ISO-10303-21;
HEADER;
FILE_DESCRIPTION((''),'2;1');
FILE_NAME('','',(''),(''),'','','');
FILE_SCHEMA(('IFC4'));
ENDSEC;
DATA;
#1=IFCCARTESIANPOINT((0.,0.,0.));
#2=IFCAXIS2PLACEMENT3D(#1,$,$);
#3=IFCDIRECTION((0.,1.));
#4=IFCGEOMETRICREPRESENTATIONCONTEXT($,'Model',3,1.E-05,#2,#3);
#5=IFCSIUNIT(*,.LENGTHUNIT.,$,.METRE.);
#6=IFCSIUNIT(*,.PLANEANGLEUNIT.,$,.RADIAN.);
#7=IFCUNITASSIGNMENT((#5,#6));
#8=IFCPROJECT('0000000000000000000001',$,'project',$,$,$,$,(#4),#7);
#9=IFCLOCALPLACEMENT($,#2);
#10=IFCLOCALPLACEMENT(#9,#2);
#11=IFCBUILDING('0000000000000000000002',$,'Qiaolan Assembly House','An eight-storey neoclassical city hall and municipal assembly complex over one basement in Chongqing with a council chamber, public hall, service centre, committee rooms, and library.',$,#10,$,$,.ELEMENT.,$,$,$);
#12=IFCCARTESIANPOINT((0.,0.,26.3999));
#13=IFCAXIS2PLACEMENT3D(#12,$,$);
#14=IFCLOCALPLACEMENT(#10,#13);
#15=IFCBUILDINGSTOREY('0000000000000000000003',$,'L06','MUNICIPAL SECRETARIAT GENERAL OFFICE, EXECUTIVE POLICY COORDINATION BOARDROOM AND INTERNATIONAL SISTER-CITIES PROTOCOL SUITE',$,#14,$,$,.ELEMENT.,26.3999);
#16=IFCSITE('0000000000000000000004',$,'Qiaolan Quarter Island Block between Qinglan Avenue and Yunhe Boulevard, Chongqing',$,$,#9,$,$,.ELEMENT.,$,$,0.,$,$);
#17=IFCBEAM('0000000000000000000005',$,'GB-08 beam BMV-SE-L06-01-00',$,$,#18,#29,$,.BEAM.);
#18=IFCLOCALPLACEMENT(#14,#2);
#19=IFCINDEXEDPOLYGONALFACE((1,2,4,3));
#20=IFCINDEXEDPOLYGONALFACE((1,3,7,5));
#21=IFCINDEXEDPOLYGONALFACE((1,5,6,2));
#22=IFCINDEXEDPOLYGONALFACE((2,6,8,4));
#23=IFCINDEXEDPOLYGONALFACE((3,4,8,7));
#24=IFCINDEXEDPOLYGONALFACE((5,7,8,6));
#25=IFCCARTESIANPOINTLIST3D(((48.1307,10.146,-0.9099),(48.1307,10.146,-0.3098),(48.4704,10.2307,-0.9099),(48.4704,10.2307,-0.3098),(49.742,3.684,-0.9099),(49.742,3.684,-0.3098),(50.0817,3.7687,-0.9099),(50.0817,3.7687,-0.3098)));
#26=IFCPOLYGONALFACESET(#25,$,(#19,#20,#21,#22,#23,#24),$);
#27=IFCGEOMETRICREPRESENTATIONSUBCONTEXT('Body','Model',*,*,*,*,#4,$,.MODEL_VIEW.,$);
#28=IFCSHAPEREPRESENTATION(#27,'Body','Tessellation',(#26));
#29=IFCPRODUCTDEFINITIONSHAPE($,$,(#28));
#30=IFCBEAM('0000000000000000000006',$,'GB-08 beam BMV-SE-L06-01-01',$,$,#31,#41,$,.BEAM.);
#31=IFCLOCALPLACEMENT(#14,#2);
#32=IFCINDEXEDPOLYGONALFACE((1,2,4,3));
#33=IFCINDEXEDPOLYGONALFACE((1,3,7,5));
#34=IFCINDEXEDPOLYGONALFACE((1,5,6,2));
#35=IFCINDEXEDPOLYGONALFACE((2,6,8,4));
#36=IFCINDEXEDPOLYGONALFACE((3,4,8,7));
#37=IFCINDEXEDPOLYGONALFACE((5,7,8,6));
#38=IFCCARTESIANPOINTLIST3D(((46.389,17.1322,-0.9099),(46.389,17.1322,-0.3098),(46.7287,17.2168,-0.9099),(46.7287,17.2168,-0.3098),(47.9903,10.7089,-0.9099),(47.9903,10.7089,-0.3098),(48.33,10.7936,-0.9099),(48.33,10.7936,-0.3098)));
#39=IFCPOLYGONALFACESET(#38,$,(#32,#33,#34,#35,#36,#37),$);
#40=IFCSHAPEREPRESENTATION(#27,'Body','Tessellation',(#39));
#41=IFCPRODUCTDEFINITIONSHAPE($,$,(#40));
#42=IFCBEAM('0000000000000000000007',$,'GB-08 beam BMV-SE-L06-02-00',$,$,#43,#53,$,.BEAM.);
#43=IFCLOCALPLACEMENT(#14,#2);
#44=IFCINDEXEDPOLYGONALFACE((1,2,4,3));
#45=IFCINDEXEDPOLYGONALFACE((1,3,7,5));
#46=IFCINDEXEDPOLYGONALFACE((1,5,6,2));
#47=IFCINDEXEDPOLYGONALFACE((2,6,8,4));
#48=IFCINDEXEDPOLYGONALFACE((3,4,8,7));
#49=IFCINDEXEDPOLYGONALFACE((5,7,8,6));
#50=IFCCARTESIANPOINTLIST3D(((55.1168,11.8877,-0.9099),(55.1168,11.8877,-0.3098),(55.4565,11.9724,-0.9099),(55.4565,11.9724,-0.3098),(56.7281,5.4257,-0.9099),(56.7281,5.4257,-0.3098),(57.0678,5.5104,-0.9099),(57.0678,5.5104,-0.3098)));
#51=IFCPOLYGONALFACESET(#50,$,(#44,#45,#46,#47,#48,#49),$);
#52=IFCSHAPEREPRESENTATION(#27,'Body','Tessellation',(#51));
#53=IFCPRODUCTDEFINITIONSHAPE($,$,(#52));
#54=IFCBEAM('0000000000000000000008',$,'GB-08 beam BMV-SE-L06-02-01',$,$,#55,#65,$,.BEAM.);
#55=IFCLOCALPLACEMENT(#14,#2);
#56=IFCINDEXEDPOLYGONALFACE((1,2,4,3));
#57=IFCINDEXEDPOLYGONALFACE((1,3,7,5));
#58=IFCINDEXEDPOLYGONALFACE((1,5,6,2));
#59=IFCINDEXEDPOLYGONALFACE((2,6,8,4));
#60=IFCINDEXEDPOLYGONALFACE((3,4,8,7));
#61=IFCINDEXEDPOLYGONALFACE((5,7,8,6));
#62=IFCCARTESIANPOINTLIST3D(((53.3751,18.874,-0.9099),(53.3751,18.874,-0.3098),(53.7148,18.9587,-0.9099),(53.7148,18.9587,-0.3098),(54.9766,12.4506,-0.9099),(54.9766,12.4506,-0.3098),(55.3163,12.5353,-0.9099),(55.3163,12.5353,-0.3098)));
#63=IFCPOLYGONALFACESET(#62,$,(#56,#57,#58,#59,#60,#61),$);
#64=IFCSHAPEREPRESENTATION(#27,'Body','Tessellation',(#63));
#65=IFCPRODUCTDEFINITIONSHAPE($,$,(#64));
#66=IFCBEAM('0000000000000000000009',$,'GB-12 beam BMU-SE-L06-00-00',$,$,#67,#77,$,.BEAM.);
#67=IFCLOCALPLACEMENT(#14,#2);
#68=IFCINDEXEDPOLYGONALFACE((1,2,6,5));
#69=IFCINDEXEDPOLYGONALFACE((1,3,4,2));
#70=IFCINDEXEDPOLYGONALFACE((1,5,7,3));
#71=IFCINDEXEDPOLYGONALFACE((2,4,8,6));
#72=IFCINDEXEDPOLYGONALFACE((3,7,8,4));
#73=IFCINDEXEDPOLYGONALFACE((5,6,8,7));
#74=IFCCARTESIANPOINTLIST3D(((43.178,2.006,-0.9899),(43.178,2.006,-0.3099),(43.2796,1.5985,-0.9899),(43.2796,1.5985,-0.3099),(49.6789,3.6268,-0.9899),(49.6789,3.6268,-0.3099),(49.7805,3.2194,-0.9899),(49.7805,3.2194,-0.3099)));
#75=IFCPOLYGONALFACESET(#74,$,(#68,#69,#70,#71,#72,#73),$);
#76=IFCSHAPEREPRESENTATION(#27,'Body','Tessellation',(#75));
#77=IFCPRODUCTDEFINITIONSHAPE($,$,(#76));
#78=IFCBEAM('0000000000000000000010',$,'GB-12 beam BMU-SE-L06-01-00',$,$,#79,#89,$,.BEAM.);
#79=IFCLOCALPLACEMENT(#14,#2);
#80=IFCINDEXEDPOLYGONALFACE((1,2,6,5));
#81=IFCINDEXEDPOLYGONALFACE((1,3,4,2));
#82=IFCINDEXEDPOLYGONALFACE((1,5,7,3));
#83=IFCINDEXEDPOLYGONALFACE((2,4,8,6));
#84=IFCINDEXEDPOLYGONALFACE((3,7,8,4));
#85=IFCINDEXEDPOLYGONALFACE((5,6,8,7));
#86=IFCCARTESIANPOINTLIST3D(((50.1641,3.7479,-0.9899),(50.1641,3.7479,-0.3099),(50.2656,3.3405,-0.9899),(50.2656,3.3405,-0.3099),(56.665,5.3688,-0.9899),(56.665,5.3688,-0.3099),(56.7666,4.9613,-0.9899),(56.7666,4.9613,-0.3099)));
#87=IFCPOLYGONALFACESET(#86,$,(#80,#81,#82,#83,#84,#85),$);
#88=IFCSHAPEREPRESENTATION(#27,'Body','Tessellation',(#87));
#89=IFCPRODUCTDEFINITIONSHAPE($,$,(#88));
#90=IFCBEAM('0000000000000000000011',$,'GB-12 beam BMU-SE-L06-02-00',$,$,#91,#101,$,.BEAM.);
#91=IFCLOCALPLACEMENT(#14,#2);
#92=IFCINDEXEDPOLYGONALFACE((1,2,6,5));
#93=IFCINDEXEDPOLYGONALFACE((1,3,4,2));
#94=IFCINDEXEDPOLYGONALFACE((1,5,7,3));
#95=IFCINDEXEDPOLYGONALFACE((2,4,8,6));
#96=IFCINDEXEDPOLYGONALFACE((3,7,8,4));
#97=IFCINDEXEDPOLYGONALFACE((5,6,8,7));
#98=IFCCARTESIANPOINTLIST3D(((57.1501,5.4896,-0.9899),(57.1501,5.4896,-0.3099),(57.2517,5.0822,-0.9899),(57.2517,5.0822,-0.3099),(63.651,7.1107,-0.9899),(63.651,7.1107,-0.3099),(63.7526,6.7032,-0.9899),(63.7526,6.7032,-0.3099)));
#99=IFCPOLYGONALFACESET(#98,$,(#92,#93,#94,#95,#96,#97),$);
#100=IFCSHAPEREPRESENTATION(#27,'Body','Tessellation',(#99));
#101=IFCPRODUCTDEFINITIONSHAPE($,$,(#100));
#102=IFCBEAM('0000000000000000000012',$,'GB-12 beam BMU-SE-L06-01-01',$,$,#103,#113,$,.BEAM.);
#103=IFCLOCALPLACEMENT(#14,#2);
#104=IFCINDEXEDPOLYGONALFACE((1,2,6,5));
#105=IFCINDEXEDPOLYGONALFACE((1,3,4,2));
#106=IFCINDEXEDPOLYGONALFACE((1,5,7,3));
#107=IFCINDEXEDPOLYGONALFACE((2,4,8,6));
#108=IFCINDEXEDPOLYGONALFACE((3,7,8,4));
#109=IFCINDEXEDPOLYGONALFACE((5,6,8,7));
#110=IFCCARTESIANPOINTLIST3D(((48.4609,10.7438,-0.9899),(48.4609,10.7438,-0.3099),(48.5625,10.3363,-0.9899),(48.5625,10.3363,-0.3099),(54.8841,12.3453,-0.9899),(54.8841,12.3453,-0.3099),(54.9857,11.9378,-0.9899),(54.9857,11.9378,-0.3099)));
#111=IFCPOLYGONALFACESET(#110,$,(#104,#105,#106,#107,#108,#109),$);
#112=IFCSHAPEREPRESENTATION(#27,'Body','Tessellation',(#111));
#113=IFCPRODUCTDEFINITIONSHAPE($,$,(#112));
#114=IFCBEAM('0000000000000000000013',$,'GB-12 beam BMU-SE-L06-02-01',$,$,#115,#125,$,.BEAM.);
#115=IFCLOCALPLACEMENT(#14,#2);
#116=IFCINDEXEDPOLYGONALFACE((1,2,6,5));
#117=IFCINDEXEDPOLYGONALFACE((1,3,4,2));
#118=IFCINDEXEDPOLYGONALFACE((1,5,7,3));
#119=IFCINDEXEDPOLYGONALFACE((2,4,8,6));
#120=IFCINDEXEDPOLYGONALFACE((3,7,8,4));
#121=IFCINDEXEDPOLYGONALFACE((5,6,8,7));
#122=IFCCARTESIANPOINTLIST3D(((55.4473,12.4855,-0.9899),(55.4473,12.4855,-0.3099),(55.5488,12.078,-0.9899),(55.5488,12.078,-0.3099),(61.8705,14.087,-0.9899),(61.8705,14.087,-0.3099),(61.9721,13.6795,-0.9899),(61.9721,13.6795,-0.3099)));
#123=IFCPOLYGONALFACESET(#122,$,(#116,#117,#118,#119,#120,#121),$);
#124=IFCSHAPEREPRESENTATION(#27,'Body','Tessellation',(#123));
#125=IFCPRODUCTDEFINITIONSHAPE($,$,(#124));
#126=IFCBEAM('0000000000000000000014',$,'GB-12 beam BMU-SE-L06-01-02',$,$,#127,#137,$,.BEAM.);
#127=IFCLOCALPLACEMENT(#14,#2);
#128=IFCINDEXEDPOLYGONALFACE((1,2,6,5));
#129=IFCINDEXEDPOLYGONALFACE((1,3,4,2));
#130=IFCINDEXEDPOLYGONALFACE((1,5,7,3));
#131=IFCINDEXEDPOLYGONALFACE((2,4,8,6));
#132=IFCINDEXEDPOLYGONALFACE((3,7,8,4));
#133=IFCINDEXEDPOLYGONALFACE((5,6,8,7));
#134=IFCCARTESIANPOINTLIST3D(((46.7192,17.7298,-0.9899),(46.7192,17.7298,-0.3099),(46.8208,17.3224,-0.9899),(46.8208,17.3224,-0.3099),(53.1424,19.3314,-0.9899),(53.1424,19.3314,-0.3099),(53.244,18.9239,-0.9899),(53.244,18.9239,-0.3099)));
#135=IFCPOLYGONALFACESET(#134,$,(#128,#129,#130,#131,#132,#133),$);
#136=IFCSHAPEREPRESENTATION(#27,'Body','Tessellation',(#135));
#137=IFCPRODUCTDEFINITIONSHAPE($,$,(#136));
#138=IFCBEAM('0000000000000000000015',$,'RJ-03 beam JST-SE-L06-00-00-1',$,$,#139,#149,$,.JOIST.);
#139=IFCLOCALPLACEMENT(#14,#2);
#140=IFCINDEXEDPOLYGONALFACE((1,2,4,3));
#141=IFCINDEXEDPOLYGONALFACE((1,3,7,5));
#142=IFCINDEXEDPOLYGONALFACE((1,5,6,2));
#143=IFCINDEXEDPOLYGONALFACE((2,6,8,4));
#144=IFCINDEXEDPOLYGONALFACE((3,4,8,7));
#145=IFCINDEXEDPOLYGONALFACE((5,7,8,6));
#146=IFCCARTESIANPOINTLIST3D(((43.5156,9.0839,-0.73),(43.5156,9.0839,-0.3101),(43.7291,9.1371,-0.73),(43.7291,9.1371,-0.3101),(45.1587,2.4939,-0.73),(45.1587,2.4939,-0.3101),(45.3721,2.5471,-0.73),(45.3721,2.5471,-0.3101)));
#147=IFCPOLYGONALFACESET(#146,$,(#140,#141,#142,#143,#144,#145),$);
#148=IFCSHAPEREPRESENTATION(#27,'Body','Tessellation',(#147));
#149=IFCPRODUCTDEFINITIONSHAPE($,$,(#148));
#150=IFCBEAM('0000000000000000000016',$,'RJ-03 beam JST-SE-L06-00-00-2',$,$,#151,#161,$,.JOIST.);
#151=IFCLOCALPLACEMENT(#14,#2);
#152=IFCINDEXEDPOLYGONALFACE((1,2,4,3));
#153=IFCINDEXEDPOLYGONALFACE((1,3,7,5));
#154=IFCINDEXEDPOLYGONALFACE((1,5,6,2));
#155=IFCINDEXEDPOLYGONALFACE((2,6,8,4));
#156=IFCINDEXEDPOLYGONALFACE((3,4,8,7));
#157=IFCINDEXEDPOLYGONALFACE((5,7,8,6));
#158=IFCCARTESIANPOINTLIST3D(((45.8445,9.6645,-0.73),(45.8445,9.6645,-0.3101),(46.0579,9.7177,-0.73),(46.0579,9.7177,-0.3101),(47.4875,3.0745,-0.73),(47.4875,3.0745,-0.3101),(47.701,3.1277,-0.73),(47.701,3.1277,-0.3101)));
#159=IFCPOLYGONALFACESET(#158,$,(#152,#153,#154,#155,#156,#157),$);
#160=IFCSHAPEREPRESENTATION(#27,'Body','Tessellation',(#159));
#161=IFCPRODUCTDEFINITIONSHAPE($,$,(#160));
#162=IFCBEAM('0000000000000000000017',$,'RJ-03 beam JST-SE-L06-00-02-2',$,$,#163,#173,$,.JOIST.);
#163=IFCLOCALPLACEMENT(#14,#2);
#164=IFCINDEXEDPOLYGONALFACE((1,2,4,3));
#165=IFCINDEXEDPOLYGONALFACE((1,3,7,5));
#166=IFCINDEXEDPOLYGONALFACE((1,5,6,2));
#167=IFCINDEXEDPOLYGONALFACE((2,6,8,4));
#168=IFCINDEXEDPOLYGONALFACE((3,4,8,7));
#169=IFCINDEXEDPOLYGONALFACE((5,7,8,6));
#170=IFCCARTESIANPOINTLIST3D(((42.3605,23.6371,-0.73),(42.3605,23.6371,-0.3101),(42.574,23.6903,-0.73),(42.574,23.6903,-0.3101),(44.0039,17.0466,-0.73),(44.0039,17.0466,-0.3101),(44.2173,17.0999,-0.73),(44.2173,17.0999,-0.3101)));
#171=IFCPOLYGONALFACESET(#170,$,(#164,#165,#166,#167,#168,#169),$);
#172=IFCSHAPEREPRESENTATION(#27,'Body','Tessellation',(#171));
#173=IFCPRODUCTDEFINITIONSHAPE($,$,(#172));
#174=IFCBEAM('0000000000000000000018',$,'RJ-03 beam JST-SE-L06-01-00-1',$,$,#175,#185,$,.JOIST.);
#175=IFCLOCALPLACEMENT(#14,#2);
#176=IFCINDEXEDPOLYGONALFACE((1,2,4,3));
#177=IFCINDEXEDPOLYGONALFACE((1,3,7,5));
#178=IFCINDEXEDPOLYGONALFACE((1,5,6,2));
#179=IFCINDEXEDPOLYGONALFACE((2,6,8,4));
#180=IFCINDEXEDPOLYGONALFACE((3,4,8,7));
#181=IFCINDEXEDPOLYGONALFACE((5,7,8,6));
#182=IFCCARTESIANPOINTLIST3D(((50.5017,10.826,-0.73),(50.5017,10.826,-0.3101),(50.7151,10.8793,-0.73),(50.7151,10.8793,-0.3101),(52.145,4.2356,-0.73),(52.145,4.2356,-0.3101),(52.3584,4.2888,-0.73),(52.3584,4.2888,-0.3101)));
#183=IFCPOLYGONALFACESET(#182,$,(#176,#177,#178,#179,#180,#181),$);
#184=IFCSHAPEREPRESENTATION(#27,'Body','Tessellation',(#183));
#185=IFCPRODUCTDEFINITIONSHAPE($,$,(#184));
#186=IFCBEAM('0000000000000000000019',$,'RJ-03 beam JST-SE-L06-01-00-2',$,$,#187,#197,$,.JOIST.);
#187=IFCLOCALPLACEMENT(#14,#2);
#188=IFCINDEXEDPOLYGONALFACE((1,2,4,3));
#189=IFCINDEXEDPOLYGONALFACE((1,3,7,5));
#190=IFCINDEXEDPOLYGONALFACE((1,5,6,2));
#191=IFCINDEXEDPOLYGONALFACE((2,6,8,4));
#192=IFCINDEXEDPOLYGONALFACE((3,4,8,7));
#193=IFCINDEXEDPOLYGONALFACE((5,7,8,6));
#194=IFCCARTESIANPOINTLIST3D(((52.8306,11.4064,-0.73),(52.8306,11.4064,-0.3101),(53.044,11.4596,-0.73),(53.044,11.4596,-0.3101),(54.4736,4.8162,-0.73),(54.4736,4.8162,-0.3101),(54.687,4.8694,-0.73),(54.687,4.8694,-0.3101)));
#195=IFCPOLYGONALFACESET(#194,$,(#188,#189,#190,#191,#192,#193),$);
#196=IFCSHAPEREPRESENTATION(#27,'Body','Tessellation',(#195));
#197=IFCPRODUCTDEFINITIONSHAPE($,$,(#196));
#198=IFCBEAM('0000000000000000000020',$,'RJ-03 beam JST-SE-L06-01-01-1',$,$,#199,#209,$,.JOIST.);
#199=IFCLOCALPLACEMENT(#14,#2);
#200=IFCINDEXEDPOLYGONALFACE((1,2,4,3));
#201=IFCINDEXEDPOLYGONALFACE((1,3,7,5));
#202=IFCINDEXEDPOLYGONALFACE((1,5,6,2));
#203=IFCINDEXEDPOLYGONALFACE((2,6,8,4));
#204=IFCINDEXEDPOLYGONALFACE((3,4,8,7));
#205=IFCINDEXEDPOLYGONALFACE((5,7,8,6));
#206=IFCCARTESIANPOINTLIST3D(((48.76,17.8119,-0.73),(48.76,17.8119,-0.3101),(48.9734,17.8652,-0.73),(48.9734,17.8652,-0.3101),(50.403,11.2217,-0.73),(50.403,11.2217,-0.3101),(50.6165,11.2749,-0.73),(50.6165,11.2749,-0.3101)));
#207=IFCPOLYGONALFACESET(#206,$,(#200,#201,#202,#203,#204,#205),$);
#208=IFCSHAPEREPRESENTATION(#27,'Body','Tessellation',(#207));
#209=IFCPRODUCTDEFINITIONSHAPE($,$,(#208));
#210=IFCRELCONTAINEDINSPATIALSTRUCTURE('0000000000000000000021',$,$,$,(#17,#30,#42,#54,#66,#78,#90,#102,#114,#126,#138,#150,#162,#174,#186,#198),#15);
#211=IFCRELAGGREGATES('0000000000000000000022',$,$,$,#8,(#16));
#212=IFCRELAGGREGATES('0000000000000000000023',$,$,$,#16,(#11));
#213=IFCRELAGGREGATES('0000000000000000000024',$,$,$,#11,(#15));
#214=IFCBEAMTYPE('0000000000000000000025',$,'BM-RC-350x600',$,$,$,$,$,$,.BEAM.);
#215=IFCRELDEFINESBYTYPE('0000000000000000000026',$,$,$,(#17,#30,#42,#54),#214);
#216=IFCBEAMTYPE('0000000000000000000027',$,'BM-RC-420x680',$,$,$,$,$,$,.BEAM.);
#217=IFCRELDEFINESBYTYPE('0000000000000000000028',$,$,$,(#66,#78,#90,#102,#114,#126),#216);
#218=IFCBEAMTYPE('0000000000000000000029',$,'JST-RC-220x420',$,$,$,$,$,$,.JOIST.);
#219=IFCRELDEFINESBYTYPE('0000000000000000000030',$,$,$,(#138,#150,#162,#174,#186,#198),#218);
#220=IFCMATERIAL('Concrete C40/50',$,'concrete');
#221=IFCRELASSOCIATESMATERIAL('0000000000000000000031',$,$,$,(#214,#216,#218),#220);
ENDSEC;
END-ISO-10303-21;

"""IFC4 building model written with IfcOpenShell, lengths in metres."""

from ifc_helpers import new_model, si_unit, direction, frame, origin, origin_2d, place, context, subcontext, project, spatial, rectangle, extrude, material, material_profile, profile_set, type_object, element, save


model = new_model("IFC4")

# Units and contexts
model_context = context("Model", 3, precision=1e-05, world=origin(), true_north=direction((0.0, 1.0)))
body_context = subcontext(model_context, "Body", "Model", "MODEL_VIEW")
ifc_project = project(units=[si_unit("LENGTHUNIT", "METRE"), si_unit("PLANEANGLEUNIT", "RADIAN")], contexts=[model_context])

# Site, building, storey
site_placement = place(None, origin())
site = spatial("IfcSite", under=ifc_project, at=site_placement, Name="Qiaolan Quarter Island Block between Qinglan Avenue and Yunhe Boulevard, Chongqing", CompositionType="ELEMENT", RefElevation=0.0)
building_placement = place(site_placement, origin())
building = spatial("IfcBuilding", under=site, at=building_placement, Name="Qiaolan Assembly House", Description="An eight-storey neoclassical city hall and municipal assembly complex over one basement in Chongqing with a council chamber, public hall, service centre, committee rooms, and library.", CompositionType="ELEMENT")
storey_placement = place(building_placement, frame((0.0, 0.0, 26.3999)))
storey = spatial("IfcBuildingStorey", under=building, at=storey_placement, Name="L06", Description="MUNICIPAL SECRETARIAT GENERAL OFFICE, EXECUTIVE POLICY COORDINATION BOARDROOM AND INTERNATIONAL SISTER-CITIES PROTOCOL SUITE", CompositionType="ELEMENT", Elevation=26.3999)

# Beams
ifc_material_1 = material(Name="Concrete C40/50", Category="concrete")
ifc_material_profile_1 = material_profile(ifc_material_1, rectangle(XDim=0.3501, YDim=0.6001, at=origin_2d()), Name="RCB 350x600")
ifc_profile_set_1 = profile_set([ifc_material_profile_1], Name="Concrete C40/50")
beam_type_1 = type_object("IfcBeamType", Name="BM-RC-350x600", PredefinedType="BEAM", material=ifc_profile_set_1)
beam_1_placement = place(storey_placement, frame((49.9119, 3.7263, -0.6099), z_axis=(-0.24194, 0.970291, 0.0), x_axis=(-0.970291, -0.24194, 0.0)))
element("IfcBeam", 1, at=beam_1_placement, inside=storey, type_object=beam_type_1, Name="GB-08 beam BMV-SE-L06-01-00", PredefinedType="BEAM", context=body_context, shape_type="SweptSolid", body=[
    extrude(rectangle(XDim=0.3501, YDim=0.6001, at=origin_2d()), origin(), (0.0, 0.0, 1.0), 6.6599),
])
beam_2_placement = place(storey_placement, frame((48.1602, 10.7512, -0.6099), z_axis=(-0.241893, 0.970303, 0.0), x_axis=(-0.970303, -0.241893, 0.0)))
element("IfcBeam", 2, at=beam_2_placement, inside=storey, type_object=beam_type_1, Name="GB-08 beam BMV-SE-L06-01-01", PredefinedType="BEAM", context=body_context, shape_type="SweptSolid", body=[
    extrude(rectangle(XDim=0.3501, YDim=0.6001, at=origin_2d()), origin(), (0.0, 0.0, 1.0), 6.6199),
])
beam_3_placement = place(storey_placement, frame((56.8979, 5.468, -0.6099), z_axis=(-0.24194, 0.970291, 0.0), x_axis=(-0.970291, -0.24194, 0.0)))
element("IfcBeam", 3, at=beam_3_placement, inside=storey, type_object=beam_type_1, Name="GB-08 beam BMV-SE-L06-02-00", PredefinedType="BEAM", context=body_context, shape_type="SweptSolid", body=[
    extrude(rectangle(XDim=0.3501, YDim=0.6001, at=origin_2d()), origin(), (0.0, 0.0, 1.0), 6.6599),
])
beam_4_placement = place(storey_placement, frame((55.1465, 12.4929, -0.6099), z_axis=(-0.241919, 0.970296, 0.0), x_axis=(-0.970296, -0.241919, 0.0)))
element("IfcBeam", 4, at=beam_4_placement, inside=storey, type_object=beam_type_1, Name="GB-08 beam BMV-SE-L06-02-01", PredefinedType="BEAM", context=body_context, shape_type="SweptSolid", body=[
    extrude(rectangle(XDim=0.3501, YDim=0.6001, at=origin_2d()), origin(), (0.0, 0.0, 1.0), 6.6201),
])
ifc_material_profile_2 = material_profile(ifc_material_1, rectangle(XDim=0.4199, YDim=0.6799, at=origin_2d()), Name="RCB 420x680")
ifc_profile_set_2 = profile_set([ifc_material_profile_2], Name="Concrete C40/50")
beam_type_2 = type_object("IfcBeamType", Name="BM-RC-420x680", PredefinedType="BEAM", material=ifc_profile_set_2)
for number, where, z_axis, x_axis, name in (
    (5, (43.2288, 1.8022, -0.6499), (0.970297, 0.241918, 0.0), (-0.241918, 0.970297, 0.0), "GB-12 beam BMU-SE-L06-00-00"),
    (6, (50.2148, 3.5442, -0.6499), (0.970297, 0.241918, 0.0), (-0.241918, 0.970297, 0.0), "GB-12 beam BMU-SE-L06-01-00"),
    (7, (57.2009, 5.2859, -0.6499), (0.970288, 0.241953, 0.0), (-0.241953, 0.970288, 0.0), "GB-12 beam BMU-SE-L06-02-00"),
):
    element("IfcBeam", number, at=place(storey_placement, frame(where, z_axis=z_axis, x_axis=x_axis)), inside=storey, type_object=beam_type_2, Name=name, PredefinedType="BEAM", context=body_context, shape_type="SweptSolid", body=[
        extrude(rectangle(XDim=0.4199, YDim=0.6799, at=origin_2d()), origin(), (0.0, 0.0, 1.0), 6.7),
    ])
for number, where, z_axis, x_axis, name in (
    (8, (48.5117, 10.54, -0.6499), (0.970294, 0.241928, 0.0), (-0.241928, 0.970294, 0.0), "GB-12 beam BMU-SE-L06-01-01"),
    (9, (55.498, 12.2817, -0.6499), (0.970294, 0.241928, 0.0), (-0.241928, 0.970294, 0.0), "GB-12 beam BMU-SE-L06-02-01"),
    (10, (46.77, 17.5261, -0.6499), (0.970294, 0.241928, 0.0), (-0.241928, 0.970294, 0.0), "GB-12 beam BMU-SE-L06-01-02"),
):
    element("IfcBeam", number, at=place(storey_placement, frame(where, z_axis=z_axis, x_axis=x_axis)), inside=storey, type_object=beam_type_2, Name=name, PredefinedType="BEAM", context=body_context, shape_type="SweptSolid", body=[
        extrude(rectangle(XDim=0.4199, YDim=0.6799, at=origin_2d()), origin(), (0.0, 0.0, 1.0), 6.6199),
    ])
ifc_material_profile_3 = material_profile(ifc_material_1, rectangle(XDim=0.22, YDim=0.4199, at=origin_2d()), Name="RCB 220x420")
ifc_profile_set_3 = profile_set([ifc_material_profile_3], Name="Concrete C40/50")
beam_type_3 = type_object("IfcBeamType", Name="JST-RC-220x420", PredefinedType="JOIST", material=ifc_profile_set_3)
for number, where, z_axis, x_axis, name in (
    (11, (45.2654, 2.5205, -0.52), (-0.241918, 0.970297, 0.0), (-0.970297, -0.241918, 0.0), "RJ-03 beam JST-SE-L06-00-00-1"),
    (12, (47.5942, 3.1011, -0.52), (-0.241918, 0.970297, 0.0), (-0.970297, -0.241918, 0.0), "RJ-03 beam JST-SE-L06-00-00-2"),
):
    element("IfcBeam", number, at=place(storey_placement, frame(where, z_axis=z_axis, x_axis=x_axis)), inside=storey, type_object=beam_type_3, Name=name, PredefinedType="JOIST", context=body_context, shape_type="SweptSolid", body=[
        extrude(rectangle(XDim=0.22, YDim=0.4199, at=origin_2d()), origin(), (0.0, 0.0, 1.0), 6.7917),
    ])
for number, where, z_axis, x_axis, name in (
    (13, (44.1106, 17.0732, -0.52), (-0.241944, 0.97029, 0.0), (-0.97029, -0.241944, 0.0), "RJ-03 beam JST-SE-L06-00-02-2"),
    (14, (52.2517, 4.2622, -0.52), (-0.241944, 0.97029, 0.0), (-0.97029, -0.241944, 0.0), "RJ-03 beam JST-SE-L06-01-00-1"),
):
    element("IfcBeam", number, at=place(storey_placement, frame(where, z_axis=z_axis, x_axis=x_axis)), inside=storey, type_object=beam_type_3, Name=name, PredefinedType="JOIST", context=body_context, shape_type="SweptSolid", body=[
        extrude(rectangle(XDim=0.22, YDim=0.4199, at=origin_2d()), origin(), (0.0, 0.0, 1.0), 6.7922),
    ])
for number, where, z_axis, x_axis, name in (
    (15, (54.5803, 4.8428, -0.52), (-0.24191, 0.970299, 0.0), (-0.970299, -0.24191, 0.0), "RJ-03 beam JST-SE-L06-01-00-2"),
    (16, (50.5098, 11.2483, -0.52), (-0.24191, 0.970299, 0.0), (-0.970299, -0.24191, 0.0), "RJ-03 beam JST-SE-L06-01-01-1"),
):
    element("IfcBeam", number, at=place(storey_placement, frame(where, z_axis=z_axis, x_axis=x_axis)), inside=storey, type_object=beam_type_3, Name=name, PredefinedType="JOIST", context=body_context, shape_type="SweptSolid", body=[
        extrude(rectangle(XDim=0.22, YDim=0.4199, at=origin_2d()), origin(), (0.0, 0.0, 1.0), 6.792),
    ])

save(model, "model.ifc")
